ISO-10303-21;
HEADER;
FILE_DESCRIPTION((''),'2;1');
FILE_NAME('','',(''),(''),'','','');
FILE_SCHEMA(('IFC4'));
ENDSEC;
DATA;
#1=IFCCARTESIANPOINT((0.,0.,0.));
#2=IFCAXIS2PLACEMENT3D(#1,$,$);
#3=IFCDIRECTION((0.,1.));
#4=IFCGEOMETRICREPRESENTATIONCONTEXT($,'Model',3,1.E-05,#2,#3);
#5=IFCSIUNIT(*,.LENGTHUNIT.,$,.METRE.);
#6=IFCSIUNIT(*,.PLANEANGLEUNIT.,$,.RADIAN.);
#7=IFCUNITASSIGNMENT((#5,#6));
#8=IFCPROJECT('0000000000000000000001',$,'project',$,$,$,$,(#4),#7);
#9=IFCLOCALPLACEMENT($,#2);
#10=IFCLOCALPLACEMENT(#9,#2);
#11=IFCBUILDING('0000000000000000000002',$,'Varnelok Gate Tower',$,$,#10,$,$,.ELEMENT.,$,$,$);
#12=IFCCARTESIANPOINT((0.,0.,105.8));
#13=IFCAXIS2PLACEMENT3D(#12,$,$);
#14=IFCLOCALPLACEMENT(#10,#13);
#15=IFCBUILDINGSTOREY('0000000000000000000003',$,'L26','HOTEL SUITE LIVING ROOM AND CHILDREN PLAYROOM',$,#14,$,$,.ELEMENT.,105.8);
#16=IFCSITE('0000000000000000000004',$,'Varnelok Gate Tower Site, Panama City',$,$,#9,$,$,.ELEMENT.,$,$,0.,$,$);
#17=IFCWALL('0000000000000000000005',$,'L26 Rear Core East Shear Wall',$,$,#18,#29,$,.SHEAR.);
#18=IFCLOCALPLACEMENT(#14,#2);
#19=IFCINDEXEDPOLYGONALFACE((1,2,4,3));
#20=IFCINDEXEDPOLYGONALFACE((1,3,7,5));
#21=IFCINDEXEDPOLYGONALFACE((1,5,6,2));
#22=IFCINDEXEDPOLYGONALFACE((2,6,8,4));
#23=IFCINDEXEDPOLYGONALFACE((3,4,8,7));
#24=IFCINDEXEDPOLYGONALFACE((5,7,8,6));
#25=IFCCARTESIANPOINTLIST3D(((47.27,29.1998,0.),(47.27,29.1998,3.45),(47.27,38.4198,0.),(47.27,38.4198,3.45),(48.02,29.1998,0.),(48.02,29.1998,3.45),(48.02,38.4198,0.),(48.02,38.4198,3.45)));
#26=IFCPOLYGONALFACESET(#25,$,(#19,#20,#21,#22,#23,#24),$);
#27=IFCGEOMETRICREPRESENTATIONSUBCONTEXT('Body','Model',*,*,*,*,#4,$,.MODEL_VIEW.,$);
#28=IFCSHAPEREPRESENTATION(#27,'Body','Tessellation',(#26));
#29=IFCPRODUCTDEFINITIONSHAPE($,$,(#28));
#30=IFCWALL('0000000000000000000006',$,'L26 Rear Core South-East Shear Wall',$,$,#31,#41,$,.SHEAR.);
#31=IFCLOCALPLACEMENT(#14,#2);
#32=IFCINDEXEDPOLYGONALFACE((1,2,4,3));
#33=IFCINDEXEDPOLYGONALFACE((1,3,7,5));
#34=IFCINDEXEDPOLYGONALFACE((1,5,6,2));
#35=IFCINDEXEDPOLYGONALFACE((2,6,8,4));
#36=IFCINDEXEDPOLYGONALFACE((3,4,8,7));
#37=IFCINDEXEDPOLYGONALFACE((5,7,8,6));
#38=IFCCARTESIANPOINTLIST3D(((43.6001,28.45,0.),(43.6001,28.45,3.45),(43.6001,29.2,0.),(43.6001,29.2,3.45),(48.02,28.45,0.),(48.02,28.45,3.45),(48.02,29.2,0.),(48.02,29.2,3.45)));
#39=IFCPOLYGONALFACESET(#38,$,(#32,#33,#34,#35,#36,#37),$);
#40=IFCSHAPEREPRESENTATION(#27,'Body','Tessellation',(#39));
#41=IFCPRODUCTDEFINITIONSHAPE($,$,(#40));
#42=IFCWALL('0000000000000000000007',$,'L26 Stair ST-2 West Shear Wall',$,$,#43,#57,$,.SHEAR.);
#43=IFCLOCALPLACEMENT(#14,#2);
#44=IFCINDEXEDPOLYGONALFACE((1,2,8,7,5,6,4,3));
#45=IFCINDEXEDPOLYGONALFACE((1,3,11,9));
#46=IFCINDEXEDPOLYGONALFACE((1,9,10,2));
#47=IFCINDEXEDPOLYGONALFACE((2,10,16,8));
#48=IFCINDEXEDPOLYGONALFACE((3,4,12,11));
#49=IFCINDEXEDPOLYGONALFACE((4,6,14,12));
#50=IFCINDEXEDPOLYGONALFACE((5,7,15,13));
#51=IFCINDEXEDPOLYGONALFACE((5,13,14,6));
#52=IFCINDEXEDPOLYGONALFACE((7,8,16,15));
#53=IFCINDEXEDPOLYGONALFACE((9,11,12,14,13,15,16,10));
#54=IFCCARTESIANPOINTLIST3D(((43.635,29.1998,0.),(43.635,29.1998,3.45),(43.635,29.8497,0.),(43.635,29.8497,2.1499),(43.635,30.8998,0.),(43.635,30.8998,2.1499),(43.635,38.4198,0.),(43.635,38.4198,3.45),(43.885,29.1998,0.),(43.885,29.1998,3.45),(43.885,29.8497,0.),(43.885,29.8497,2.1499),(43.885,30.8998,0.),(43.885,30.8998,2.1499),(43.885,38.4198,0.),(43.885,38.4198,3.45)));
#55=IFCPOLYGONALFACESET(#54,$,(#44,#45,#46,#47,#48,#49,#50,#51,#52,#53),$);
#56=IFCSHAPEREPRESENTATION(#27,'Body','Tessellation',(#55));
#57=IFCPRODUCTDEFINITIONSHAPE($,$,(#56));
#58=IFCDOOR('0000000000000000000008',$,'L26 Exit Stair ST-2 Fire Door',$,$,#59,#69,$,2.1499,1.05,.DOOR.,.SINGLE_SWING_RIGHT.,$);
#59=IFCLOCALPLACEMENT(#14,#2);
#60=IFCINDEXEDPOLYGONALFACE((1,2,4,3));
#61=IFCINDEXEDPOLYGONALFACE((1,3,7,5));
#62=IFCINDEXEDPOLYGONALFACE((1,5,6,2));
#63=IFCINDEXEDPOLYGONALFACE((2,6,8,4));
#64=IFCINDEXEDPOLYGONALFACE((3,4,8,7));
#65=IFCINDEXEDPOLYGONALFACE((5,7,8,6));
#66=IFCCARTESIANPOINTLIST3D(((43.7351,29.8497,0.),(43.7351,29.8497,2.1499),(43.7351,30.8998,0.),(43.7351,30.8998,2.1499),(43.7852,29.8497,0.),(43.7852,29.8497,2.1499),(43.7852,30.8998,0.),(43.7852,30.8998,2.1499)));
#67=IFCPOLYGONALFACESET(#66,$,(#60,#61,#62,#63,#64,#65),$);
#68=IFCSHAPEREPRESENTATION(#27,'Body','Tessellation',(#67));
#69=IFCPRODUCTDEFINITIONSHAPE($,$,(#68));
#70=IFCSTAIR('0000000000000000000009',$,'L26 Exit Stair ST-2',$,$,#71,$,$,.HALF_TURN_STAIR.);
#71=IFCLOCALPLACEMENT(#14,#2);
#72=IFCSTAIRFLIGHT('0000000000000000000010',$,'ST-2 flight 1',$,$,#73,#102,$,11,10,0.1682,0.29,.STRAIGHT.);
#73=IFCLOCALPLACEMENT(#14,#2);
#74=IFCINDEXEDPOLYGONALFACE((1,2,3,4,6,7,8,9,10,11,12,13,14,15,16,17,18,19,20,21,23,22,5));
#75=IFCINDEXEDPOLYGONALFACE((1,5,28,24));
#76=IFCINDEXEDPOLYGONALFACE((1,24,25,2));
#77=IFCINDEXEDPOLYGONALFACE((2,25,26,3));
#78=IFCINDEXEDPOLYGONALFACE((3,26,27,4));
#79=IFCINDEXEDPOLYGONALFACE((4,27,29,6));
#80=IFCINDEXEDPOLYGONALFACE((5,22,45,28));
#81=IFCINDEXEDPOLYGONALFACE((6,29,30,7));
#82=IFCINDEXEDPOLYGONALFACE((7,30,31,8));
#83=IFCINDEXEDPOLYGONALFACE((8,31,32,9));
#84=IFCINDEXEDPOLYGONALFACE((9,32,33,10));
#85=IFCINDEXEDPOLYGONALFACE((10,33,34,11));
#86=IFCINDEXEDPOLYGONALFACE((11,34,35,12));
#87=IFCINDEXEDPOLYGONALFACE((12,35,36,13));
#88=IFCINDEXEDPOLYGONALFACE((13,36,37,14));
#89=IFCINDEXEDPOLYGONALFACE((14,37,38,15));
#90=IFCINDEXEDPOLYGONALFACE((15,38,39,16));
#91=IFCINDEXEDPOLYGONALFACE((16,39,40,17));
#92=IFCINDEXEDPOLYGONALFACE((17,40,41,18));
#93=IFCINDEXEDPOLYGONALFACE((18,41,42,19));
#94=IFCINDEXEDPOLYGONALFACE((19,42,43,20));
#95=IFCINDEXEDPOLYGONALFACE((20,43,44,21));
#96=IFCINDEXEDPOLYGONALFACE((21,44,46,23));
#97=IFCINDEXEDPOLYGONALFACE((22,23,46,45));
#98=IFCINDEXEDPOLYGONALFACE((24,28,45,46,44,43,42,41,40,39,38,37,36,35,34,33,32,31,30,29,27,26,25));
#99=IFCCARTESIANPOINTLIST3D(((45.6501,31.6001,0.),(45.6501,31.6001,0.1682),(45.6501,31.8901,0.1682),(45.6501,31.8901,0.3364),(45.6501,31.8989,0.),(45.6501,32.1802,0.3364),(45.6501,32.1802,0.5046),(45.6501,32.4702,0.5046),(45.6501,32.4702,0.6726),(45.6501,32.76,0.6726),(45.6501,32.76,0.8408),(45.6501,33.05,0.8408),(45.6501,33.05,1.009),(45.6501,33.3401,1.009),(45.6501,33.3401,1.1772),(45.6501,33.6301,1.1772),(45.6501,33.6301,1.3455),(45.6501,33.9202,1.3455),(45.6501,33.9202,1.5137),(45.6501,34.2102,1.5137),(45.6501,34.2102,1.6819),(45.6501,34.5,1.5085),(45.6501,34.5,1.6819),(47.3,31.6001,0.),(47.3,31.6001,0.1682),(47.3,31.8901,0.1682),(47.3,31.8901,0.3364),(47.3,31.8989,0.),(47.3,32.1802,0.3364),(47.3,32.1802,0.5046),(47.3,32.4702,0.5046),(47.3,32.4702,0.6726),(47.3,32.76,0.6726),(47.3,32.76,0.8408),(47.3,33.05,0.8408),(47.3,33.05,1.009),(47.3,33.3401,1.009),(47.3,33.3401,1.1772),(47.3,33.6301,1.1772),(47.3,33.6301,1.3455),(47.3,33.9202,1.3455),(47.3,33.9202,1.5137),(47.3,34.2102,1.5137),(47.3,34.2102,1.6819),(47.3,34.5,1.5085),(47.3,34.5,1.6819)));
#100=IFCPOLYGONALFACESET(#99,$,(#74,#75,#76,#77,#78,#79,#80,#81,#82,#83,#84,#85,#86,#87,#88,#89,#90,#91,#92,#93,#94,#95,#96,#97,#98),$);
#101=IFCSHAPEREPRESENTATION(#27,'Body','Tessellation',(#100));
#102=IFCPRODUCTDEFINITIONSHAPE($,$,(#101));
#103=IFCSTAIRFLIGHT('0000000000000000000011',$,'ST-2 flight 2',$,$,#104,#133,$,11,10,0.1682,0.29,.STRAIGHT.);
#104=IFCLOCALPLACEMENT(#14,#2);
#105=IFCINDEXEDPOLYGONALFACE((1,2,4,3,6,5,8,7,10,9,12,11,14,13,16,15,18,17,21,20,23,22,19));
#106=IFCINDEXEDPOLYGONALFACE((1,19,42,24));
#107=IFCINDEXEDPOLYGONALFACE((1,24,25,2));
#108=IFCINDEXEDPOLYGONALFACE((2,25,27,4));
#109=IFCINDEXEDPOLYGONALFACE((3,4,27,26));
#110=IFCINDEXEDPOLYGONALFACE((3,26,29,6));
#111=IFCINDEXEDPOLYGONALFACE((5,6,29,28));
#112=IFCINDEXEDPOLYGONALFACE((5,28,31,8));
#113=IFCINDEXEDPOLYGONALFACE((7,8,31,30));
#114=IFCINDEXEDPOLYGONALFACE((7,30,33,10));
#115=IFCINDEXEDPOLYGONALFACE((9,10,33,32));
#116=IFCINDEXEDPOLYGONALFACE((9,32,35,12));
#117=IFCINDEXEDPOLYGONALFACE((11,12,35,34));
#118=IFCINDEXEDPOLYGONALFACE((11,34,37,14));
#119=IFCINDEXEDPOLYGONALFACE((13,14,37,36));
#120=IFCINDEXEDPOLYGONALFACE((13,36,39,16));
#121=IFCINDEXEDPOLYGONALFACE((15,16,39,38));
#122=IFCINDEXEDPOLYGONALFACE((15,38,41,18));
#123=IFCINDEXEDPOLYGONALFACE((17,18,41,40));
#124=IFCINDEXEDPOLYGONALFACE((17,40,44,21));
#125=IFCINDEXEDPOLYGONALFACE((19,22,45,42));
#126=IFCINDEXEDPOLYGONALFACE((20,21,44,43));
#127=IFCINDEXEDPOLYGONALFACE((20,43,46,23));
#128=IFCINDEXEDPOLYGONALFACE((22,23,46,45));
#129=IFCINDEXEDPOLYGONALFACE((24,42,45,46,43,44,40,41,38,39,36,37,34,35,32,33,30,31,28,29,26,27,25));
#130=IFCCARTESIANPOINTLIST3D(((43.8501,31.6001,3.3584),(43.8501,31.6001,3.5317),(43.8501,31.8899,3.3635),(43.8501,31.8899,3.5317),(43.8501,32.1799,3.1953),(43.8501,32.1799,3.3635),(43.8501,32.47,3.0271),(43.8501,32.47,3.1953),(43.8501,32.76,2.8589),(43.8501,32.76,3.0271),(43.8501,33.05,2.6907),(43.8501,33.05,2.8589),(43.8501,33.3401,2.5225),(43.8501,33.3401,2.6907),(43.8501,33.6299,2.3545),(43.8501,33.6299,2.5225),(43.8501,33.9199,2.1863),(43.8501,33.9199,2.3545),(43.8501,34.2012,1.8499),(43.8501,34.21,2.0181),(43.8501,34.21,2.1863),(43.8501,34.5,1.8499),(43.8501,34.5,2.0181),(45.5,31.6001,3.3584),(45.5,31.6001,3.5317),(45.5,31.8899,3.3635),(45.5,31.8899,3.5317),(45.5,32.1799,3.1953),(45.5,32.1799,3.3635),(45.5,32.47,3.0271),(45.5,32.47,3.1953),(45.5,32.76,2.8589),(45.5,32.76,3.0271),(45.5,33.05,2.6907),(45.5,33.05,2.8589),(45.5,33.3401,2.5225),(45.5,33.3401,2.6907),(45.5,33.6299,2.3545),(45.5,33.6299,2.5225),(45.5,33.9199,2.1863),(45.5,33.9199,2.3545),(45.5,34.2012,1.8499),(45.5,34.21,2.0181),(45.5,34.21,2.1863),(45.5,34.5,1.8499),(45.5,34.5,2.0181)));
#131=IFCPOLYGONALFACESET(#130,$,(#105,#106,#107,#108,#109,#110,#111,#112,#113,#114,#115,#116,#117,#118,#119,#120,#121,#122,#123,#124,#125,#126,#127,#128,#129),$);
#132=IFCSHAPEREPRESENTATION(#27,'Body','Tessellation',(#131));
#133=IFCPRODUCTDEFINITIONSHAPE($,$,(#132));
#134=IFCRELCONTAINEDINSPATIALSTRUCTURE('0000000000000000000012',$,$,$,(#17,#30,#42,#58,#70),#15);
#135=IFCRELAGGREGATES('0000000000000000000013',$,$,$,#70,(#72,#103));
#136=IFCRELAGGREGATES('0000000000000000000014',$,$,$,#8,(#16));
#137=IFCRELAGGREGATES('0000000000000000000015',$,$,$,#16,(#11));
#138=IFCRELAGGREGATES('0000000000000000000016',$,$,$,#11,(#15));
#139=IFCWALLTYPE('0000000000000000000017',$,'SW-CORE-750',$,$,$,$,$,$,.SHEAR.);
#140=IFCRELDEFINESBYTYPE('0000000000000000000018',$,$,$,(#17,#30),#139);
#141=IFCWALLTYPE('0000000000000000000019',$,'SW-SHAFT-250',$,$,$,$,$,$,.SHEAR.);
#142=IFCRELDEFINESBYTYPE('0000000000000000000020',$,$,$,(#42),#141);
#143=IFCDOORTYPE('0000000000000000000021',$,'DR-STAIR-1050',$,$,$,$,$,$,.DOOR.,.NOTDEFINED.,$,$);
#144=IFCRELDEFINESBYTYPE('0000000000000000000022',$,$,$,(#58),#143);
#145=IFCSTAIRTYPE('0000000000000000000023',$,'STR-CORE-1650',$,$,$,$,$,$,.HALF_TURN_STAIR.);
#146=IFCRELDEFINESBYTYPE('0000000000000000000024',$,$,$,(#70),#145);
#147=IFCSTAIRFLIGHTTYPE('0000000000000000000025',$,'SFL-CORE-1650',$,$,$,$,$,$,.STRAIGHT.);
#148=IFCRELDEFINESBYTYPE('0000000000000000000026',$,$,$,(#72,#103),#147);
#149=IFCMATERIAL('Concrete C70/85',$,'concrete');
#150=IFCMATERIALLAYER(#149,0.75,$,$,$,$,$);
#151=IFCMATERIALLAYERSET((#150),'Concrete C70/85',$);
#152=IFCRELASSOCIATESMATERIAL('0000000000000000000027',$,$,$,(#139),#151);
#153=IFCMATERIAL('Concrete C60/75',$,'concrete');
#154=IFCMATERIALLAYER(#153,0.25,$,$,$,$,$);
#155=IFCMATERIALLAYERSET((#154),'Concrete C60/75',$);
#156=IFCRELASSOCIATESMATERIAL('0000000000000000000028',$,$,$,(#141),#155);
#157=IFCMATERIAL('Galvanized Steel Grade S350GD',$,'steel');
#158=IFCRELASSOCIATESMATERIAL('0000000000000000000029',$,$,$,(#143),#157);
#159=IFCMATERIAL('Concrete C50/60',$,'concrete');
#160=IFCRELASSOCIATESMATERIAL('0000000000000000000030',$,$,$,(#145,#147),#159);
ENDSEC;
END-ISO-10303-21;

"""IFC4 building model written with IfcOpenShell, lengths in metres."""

from ifc_helpers import new_model, si_unit, direction, frame, frame_2d, origin, place, context, subcontext, project, spatial, polyline, rectangle, outline, extrude, material, layer, layer_set, type_object, element, fill, aggregate, save


model = new_model("IFC4")

# Units and contexts
model_context = context("Model", 3, precision=1e-05, world=origin(), true_north=direction((0.0, 1.0)))
body_context = subcontext(model_context, "Body", "Model", "MODEL_VIEW")
ifc_project = project(units=[si_unit("LENGTHUNIT", "METRE"), si_unit("PLANEANGLEUNIT", "RADIAN")], contexts=[model_context])

# Site, building, storey
site_placement = place(None, origin())
site = spatial("IfcSite", under=ifc_project, at=site_placement, Name="Varnelok Gate Tower Site, Panama City", CompositionType="ELEMENT", RefElevation=0.0)
building_placement = place(site_placement, origin())
building = spatial("IfcBuilding", under=site, at=building_placement, Name="Varnelok Gate Tower", CompositionType="ELEMENT")
storey_placement = place(building_placement, frame((0.0, 0.0, 105.8)))
storey = spatial("IfcBuildingStorey", under=building, at=storey_placement, Name="L26", Description="HOTEL SUITE LIVING ROOM AND CHILDREN PLAYROOM", CompositionType="ELEMENT", Elevation=105.8)

# Shared definitions
ifc_material_1 = material(Name="Concrete C70/85", Category="concrete")

# Shared definitions
ifc_material_2 = material(Name="Galvanized Steel Grade S350GD", Category="steel")

# Walls
ifc_layer_1 = layer(ifc_material_1, 0.75)
ifc_layer_set_1 = layer_set([ifc_layer_1], Name="Concrete C70/85")
wall_type_1 = type_object("IfcWallType", Name="SW-CORE-750", PredefinedType="SHEAR", material=ifc_layer_set_1)
wall_1_placement = place(storey_placement, frame((47.645, 29.2, 0.0), z_axis=(0.0, 0.0, 1.0), x_axis=(0.0, 1.0, 0.0)))
element("IfcWall", 1, at=wall_1_placement, inside=storey, type_object=wall_type_1, Name="L26 Rear Core East Shear Wall", PredefinedType="SHEAR", context=body_context, shape_type="SweptSolid", body=[
    extrude(rectangle(XDim=9.22, YDim=0.75, at=frame_2d((4.6099, 0.0))), origin(), (0.0, 0.0, 1.0), 3.45),
])
wall_2_placement = place(storey_placement, frame((43.6001, 28.825, 0.0), z_axis=(0.0, 0.0, 1.0), x_axis=(1.0, 0.0, 0.0)))
element("IfcWall", 2, at=wall_2_placement, inside=storey, type_object=wall_type_1, Name="L26 Rear Core South-East Shear Wall", PredefinedType="SHEAR", context=body_context, shape_type="SweptSolid", body=[
    extrude(rectangle(XDim=4.4199, YDim=0.75, at=frame_2d((2.21, 0.0))), origin(), (0.0, 0.0, 1.0), 3.45),
])

# Wall, opening, door
ifc_material_3 = material(Name="Concrete C60/75", Category="concrete")
ifc_layer_2 = layer(ifc_material_3, 0.25)
ifc_layer_set_2 = layer_set([ifc_layer_2], Name="Concrete C60/75")
wall_type_2 = type_object("IfcWallType", Name="SW-SHAFT-250", PredefinedType="SHEAR", material=ifc_layer_set_2)
wall_3_placement = place(storey_placement, frame((43.76, 29.2, 0.0), z_axis=(0.0, 0.0, 1.0), x_axis=(0.0, 1.0, 0.0)))
wall_3 = element("IfcWall", 3, at=wall_3_placement, inside=storey, type_object=wall_type_2, Name="L26 Stair ST-2 West Shear Wall", PredefinedType="SHEAR", context=body_context, shape_type="SweptSolid", body=[
    extrude(rectangle(XDim=9.22, YDim=0.25, at=frame_2d((4.6099, 0.0))), origin(), (0.0, 0.0, 1.0), 3.45),
])
opening_1_placement = place(wall_3_placement, frame((0.6499, 0.0, 0.0)))
opening_1 = element("IfcOpeningElement", 4, at=opening_1_placement, cuts=wall_3, PredefinedType="OPENING", context=body_context, shape_type="SweptSolid", body=[
    extrude(rectangle(XDim=1.05, YDim=2.1499, at=frame_2d((0.5249, 1.075))), frame((0.0, 0.135, 0.0), z_axis=(0.0, -1.0, 0.0), x_axis=(1.0, 0.0, 0.0)), (0.0, 0.0, 1.0), 0.27),
])
door_type_1 = type_object("IfcDoorType", Name="DR-STAIR-1050", OperationType="NOTDEFINED", PredefinedType="DOOR", material=ifc_material_2)
door_1_placement = place(opening_1_placement, origin())
door_1 = element("IfcDoor", 5, at=door_1_placement, inside=storey, type_object=door_type_1, Name="L26 Exit Stair ST-2 Fire Door", OperationType="SINGLE_SWING_RIGHT", OverallHeight=2.1499, OverallWidth=1.05, PredefinedType="DOOR", context=body_context, shape_type="SweptSolid", body=[
    extrude(rectangle(XDim=1.05, YDim=2.1499, at=frame_2d((0.5249, 1.075))), frame((0.0, 0.0249, 0.0), z_axis=(0.0, -1.0, 0.0), x_axis=(1.0, 0.0, 0.0)), (0.0, 0.0, 1.0), 0.05),
])
fill(opening_1, door_1)

# Stair, stair flights
ifc_material_4 = material(Name="Concrete C50/60", Category="concrete")
stair_type = type_object("IfcStairType", Name="STR-CORE-1650", PredefinedType="HALF_TURN_STAIR", material=ifc_material_4)
stair_placement = place(storey_placement, origin())
stair = element("IfcStair", 6, at=stair_placement, inside=storey, type_object=stair_type, Name="L26 Exit Stair ST-2", PredefinedType="HALF_TURN_STAIR")
stair_flight_type = type_object("IfcStairFlightType", Name="SFL-CORE-1650", PredefinedType="STRAIGHT", material=ifc_material_4)
stair_flight_1_placement = place(storey_placement, frame((46.4751, 31.6001, 0.0), z_axis=(0.0, 0.0, 1.0), x_axis=(0.0, 1.0, 0.0)))
stair_flight_1 = element("IfcStairFlight", 7, at=stair_flight_1_placement, type_object=stair_flight_type, Name="ST-2 flight 1", NumberOfRisers=11, NumberOfTreads=10, PredefinedType="STRAIGHT", RiserHeight=0.1682, TreadLength=0.29, context=body_context, shape_type="SweptSolid", body=[
    extrude(outline(polyline([(0.0, 0.0), (0.0, 0.1682), (0.29, 0.1682), (0.29, 0.3364), (0.5801, 0.3364), (0.5801, 0.5046), (0.8701, 0.5046), (0.8701, 0.6726), (1.1599, 0.6726), (1.1599, 0.8408), (1.45, 0.8408), (1.45, 1.009), (1.74, 1.009), (1.74, 1.1772), (2.03, 1.1772), (2.03, 1.3455), (2.3201, 1.3455), (2.3201, 1.5137), (2.6101, 1.5137), (2.6101, 1.6819), (2.8999, 1.6819), (2.8999, 1.8501), (2.8999, 1.5085), (0.2988, 0.0), (0.0, 0.0)])), frame((0.0, 0.825, 0.0), z_axis=(0.0, -1.0, 0.0), x_axis=(1.0, 0.0, 0.0)), (0.0, 0.0, 1.0), 1.6499),
])
stair_flight_2_placement = place(storey_placement, frame((44.675, 34.5, 1.8499), z_axis=(0.0, 0.0, 1.0), x_axis=(0.0, -1.0, 0.0)))
stair_flight_2 = element("IfcStairFlight", 8, at=stair_flight_2_placement, type_object=stair_flight_type, Name="ST-2 flight 2", NumberOfRisers=11, NumberOfTreads=10, PredefinedType="STRAIGHT", RiserHeight=0.1682, TreadLength=0.29, context=body_context, shape_type="SweptSolid", body=[
    extrude(outline(polyline([(0.0, 0.0), (0.0, 0.1682), (0.29, 0.1682), (0.29, 0.3364), (0.5801, 0.3364), (0.5801, 0.5046), (0.8701, 0.5046), (0.8701, 0.6726), (1.1599, 0.6726), (1.1599, 0.8408), (1.45, 0.8408), (1.45, 1.009), (1.74, 1.009), (1.74, 1.1772), (2.03, 1.1772), (2.03, 1.3455), (2.3201, 1.3455), (2.3201, 1.5137), (2.6101, 1.5137), (2.6101, 1.6819), (2.8999, 1.6819), (2.8999, 1.8501), (2.8999, 1.5085), (0.2988, 0.0), (0.0, 0.0)])), frame((0.0, 0.825, 0.0), z_axis=(0.0, -1.0, 0.0), x_axis=(1.0, 0.0, 0.0)), (0.0, 0.0, 1.0), 1.6499),
])
aggregate(stair, [stair_flight_1, stair_flight_2])

save(model, "model.ifc")
